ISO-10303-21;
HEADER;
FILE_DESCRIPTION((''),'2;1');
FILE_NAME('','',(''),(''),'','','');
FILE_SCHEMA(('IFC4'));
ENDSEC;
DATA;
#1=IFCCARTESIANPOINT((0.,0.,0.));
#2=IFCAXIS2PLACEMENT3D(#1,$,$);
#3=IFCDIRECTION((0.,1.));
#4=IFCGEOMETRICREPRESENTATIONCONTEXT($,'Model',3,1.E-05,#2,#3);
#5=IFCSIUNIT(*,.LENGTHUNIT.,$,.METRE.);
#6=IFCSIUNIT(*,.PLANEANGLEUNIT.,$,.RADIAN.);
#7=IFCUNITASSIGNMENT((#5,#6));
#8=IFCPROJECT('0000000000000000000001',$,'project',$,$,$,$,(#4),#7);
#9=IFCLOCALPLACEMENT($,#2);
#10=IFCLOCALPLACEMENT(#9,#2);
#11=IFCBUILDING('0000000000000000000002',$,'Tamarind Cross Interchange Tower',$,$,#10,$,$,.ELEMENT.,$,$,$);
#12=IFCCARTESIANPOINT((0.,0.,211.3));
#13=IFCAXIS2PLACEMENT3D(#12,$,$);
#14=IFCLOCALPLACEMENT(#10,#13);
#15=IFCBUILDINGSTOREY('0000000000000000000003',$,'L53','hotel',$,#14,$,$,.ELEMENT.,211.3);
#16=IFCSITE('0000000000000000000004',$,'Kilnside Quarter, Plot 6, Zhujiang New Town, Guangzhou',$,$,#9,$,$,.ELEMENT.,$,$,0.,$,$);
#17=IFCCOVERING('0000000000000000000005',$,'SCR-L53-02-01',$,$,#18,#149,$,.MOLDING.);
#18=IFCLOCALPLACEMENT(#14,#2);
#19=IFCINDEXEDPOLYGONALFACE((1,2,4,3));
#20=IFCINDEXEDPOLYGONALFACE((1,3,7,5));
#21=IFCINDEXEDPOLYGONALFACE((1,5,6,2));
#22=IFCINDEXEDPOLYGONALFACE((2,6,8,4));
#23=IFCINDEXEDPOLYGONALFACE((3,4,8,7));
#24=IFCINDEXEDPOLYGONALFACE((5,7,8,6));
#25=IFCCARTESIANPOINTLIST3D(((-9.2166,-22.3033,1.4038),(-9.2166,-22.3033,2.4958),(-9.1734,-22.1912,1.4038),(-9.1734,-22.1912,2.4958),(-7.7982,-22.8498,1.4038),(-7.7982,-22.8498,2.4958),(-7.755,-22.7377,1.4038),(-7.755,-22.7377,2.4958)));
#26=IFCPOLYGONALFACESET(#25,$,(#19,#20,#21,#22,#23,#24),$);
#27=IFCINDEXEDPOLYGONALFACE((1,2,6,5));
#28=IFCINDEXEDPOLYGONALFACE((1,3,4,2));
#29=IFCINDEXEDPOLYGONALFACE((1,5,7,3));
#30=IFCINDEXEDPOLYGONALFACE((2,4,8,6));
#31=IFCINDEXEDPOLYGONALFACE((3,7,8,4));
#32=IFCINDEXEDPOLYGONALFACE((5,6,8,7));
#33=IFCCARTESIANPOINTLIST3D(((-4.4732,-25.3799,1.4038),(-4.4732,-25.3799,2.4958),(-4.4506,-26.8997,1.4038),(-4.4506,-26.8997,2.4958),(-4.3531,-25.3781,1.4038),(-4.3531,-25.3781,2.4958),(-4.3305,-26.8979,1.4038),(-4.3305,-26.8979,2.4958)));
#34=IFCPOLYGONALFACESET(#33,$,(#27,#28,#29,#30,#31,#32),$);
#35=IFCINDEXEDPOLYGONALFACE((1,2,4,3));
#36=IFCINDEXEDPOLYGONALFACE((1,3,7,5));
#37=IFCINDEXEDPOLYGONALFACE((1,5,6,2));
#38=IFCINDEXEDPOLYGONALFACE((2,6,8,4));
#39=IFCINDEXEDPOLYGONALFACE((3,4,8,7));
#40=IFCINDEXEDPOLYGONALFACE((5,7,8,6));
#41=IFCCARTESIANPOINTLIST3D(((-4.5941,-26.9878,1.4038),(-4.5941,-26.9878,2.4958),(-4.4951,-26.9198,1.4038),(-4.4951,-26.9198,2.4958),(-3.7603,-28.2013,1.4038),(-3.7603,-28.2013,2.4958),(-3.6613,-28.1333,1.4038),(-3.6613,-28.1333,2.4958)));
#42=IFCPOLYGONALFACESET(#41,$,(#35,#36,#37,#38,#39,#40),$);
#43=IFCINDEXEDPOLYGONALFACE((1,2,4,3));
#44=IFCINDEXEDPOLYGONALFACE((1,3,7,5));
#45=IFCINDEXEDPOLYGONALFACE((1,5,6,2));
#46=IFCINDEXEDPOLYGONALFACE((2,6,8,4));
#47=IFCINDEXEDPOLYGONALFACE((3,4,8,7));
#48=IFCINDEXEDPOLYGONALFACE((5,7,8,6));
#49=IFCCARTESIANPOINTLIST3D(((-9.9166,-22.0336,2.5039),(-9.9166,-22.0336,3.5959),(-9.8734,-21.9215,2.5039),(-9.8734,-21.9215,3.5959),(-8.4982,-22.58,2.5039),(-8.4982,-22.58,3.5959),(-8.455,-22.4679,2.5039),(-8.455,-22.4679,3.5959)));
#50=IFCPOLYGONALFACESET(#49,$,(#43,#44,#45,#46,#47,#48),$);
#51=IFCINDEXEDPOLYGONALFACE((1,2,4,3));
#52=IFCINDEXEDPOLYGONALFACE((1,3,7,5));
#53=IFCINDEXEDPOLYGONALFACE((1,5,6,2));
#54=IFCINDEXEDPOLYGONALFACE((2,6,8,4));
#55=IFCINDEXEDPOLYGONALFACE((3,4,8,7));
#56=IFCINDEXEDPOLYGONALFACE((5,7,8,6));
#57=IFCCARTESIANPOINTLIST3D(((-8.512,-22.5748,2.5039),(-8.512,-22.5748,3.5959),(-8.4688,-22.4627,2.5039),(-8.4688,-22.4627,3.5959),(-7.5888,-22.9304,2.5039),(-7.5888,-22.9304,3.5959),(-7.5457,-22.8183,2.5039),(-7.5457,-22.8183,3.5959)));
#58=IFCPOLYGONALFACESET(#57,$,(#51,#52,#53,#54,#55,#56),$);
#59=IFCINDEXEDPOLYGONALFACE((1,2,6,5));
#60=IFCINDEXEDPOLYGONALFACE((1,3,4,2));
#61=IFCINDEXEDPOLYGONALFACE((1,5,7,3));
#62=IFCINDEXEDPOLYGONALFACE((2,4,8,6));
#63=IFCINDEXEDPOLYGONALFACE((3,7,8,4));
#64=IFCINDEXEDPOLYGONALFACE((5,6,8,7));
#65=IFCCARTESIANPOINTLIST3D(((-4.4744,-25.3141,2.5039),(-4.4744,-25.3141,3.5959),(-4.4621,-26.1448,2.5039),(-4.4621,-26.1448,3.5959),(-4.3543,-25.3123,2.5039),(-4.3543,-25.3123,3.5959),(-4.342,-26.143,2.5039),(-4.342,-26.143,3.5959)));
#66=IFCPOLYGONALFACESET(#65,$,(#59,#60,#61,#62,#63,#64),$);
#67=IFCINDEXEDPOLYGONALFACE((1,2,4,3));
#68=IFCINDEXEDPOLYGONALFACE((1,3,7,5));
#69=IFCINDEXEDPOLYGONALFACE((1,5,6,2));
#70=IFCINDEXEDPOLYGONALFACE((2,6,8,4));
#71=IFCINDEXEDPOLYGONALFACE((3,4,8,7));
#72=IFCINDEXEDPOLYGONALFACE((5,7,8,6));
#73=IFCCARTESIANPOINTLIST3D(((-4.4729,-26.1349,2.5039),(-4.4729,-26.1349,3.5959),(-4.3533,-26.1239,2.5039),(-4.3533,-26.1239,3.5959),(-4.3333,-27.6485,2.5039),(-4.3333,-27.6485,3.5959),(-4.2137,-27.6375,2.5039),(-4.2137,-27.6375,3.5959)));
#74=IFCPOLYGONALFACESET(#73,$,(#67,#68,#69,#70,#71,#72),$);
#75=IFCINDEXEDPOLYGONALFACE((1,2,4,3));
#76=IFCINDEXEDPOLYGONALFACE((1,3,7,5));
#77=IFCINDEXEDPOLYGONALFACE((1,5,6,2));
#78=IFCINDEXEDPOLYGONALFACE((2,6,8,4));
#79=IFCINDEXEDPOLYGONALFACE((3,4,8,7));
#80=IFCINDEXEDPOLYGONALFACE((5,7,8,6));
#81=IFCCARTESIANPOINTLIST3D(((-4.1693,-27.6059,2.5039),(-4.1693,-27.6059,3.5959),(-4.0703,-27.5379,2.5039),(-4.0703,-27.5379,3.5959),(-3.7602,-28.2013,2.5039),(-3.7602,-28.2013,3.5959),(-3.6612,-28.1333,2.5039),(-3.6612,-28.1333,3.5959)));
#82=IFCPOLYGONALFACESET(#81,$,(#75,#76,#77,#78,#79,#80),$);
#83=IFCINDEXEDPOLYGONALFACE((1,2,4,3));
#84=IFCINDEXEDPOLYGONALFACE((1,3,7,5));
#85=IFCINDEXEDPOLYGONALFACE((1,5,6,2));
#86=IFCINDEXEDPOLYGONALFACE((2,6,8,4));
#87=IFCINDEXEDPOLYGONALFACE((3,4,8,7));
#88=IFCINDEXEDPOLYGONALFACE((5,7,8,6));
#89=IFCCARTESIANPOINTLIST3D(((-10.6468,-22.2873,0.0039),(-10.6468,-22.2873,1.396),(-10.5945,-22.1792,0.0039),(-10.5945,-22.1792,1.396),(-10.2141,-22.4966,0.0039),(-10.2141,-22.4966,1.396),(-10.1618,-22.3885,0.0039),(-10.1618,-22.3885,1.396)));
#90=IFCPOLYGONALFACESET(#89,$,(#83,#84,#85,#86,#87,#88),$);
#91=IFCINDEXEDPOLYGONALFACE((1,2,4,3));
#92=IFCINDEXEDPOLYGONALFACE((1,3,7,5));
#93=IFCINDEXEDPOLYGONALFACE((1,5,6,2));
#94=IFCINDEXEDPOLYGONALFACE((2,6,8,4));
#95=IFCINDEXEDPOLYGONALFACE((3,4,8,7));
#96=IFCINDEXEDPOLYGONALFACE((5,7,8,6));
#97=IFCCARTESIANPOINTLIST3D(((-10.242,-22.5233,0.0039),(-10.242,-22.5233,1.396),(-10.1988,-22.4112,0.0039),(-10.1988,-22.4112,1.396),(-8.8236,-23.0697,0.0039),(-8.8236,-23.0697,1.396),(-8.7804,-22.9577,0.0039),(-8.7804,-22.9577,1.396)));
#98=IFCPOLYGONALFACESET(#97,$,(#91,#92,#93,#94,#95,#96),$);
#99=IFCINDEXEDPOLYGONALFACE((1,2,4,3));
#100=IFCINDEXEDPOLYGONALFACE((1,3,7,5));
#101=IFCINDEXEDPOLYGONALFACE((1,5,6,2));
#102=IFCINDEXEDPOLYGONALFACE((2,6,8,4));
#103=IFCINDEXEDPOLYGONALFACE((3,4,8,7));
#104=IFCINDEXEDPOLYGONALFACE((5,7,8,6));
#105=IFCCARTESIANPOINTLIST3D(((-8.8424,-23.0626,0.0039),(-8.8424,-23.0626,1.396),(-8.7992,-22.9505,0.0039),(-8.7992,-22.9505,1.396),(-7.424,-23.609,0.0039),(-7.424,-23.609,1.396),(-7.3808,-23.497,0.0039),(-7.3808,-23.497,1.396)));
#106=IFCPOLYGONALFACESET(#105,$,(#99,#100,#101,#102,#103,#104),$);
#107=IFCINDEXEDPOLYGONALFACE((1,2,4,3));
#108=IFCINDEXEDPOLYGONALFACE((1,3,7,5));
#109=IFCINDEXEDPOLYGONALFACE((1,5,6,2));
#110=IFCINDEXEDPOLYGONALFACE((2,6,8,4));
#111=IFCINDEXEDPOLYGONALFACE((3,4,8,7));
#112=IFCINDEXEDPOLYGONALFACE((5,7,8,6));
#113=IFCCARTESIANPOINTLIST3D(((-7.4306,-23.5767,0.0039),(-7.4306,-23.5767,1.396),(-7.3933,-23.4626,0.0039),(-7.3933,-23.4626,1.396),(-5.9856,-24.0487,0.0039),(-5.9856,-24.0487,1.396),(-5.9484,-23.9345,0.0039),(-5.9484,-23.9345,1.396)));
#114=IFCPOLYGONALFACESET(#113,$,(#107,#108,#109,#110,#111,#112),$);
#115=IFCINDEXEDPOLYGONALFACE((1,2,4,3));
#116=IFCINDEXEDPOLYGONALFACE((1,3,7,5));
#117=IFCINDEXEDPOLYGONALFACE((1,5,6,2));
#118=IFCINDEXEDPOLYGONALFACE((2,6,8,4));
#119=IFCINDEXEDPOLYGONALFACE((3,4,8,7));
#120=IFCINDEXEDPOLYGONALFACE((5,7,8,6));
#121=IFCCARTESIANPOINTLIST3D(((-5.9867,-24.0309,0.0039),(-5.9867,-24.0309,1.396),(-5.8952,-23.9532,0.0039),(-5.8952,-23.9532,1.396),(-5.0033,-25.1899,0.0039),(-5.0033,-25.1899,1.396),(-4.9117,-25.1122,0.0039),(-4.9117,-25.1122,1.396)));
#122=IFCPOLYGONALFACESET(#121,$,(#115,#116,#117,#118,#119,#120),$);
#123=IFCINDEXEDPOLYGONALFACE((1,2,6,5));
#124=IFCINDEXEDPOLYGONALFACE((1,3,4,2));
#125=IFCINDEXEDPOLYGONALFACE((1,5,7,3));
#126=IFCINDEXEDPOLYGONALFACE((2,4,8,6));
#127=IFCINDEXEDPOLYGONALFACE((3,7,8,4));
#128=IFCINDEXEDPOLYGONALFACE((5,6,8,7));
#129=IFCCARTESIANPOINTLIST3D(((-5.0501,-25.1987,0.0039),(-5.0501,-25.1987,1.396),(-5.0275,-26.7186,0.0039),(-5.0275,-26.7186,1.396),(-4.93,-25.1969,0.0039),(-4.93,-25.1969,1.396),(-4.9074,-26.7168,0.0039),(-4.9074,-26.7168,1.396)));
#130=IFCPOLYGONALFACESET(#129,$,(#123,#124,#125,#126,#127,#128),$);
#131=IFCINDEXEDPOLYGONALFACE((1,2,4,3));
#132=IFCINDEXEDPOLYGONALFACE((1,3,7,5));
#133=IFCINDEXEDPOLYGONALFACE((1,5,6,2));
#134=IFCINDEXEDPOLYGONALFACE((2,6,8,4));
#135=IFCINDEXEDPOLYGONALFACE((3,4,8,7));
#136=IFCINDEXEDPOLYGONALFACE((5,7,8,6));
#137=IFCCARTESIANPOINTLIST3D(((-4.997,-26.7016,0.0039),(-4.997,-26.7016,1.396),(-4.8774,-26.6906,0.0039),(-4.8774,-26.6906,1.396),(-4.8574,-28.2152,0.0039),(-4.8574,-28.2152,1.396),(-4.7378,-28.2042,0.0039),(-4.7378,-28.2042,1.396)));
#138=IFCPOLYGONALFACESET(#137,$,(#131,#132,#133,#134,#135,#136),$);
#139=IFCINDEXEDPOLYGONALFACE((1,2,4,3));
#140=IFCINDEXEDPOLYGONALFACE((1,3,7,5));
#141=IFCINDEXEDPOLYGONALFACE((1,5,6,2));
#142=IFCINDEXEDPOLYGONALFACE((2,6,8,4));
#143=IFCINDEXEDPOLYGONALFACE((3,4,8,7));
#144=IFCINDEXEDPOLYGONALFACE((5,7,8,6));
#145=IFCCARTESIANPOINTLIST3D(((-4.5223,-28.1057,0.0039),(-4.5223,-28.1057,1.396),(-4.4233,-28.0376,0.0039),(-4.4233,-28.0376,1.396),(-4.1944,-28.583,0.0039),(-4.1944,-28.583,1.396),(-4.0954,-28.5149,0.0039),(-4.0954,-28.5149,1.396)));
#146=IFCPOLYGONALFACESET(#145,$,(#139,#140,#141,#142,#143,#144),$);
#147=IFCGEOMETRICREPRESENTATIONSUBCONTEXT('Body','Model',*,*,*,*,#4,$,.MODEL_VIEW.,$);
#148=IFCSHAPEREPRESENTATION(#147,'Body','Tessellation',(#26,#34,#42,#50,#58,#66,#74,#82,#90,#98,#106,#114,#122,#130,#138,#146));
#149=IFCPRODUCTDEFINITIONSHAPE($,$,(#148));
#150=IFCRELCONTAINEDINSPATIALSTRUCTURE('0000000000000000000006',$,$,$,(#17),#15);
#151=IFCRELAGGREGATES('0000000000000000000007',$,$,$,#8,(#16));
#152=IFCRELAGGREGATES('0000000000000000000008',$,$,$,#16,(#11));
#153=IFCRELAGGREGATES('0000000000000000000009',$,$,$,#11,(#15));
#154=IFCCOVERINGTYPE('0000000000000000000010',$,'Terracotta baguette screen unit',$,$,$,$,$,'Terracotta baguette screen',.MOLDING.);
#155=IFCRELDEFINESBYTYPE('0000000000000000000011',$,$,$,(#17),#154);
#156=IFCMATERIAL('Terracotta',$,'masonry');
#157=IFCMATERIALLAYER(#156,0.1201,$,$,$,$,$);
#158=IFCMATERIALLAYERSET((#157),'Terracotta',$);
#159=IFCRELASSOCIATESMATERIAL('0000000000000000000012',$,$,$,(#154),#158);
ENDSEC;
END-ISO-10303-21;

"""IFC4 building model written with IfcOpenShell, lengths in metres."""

from ifc_helpers import new_model, si_unit, direction, frame, origin, origin_2d, place, context, subcontext, project, spatial, rectangle, extrude, material, layer, layer_set, type_object, element, save


model = new_model("IFC4")

# Units and contexts
model_context = context("Model", 3, precision=1e-05, world=origin(), true_north=direction((0.0, 1.0)))
body_context = subcontext(model_context, "Body", "Model", "MODEL_VIEW")
ifc_project = project(units=[si_unit("LENGTHUNIT", "METRE"), si_unit("PLANEANGLEUNIT", "RADIAN")], contexts=[model_context])

# Site, building, storey
site_placement = place(None, origin())
site = spatial("IfcSite", under=ifc_project, at=site_placement, Name="Kilnside Quarter, Plot 6, Zhujiang New Town, Guangzhou", CompositionType="ELEMENT", RefElevation=0.0)
building_placement = place(site_placement, origin())
building = spatial("IfcBuilding", under=site, at=building_placement, Name="Tamarind Cross Interchange Tower", CompositionType="ELEMENT")
storey_placement = place(building_placement, frame((0.0, 0.0, 211.3)))
storey = spatial("IfcBuildingStorey", under=building, at=storey_placement, Name="L53", Description="hotel", CompositionType="ELEMENT", Elevation=211.3)

# Covering
ifc_material_1 = material(Name="Terracotta", Category="masonry")
ifc_layer_1 = layer(ifc_material_1, 0.1201)
ifc_layer_set_1 = layer_set([ifc_layer_1], Name="Terracotta")
covering_type = type_object("IfcCoveringType", Name="Terracotta baguette screen unit", ElementType="Terracotta baguette screen", PredefinedType="MOLDING", material=ifc_layer_set_1)
covering_1_placement = place(storey_placement, origin())
element("IfcCovering", 1, at=covering_1_placement, inside=storey, type_object=covering_type, Name="SCR-L53-02-01", PredefinedType="MOLDING", context=body_context, shape_type="SweptSolid", body=[
    extrude(rectangle(XDim=1.52, YDim=0.1201, at=origin_2d()), frame((-8.4858, -22.5205, 1.4038), z_axis=(0.0, 0.0, 1.0), x_axis=(0.933147, -0.359495, 0.0)), (0.0, 0.0, 1.0), 1.092),
    extrude(rectangle(XDim=1.52, YDim=0.1201, at=origin_2d()), frame((-4.4019, -26.1389, 1.4038), z_axis=(0.0, 0.0, 1.0), x_axis=(0.014896, -0.999889, 0.0)), (0.0, 0.0, 1.0), 1.092),
    extrude(rectangle(XDim=1.4724, YDim=0.1201, at=origin_2d()), frame((-4.1277, -27.5605, 1.4038), z_axis=(0.0, 0.0, 1.0), x_axis=(0.566316, -0.824188, 0.0)), (0.0, 0.0, 1.0), 1.092),
    extrude(rectangle(XDim=1.52, YDim=0.1201, at=origin_2d()), frame((-9.1858, -22.2507, 2.5039), z_axis=(0.0, 0.0, 1.0), x_axis=(0.933147, -0.359495, 0.0)), (0.0, 0.0, 1.0), 1.092),
    extrude(rectangle(XDim=0.9893, YDim=0.1201, at=origin_2d()), frame((-8.0288, -22.6965, 2.5039), z_axis=(0.0, 0.0, 1.0), x_axis=(0.933147, -0.359495, 0.0)), (0.0, 0.0, 1.0), 1.092),
    extrude(rectangle(XDim=0.8308, YDim=0.1201, at=origin_2d()), frame((-4.4082, -25.7285, 2.5039), z_axis=(0.0, 0.0, 1.0), x_axis=(0.014896, -0.999889, 0.0)), (0.0, 0.0, 1.0), 1.092),
    extrude(rectangle(XDim=1.52, YDim=0.1201, at=origin_2d()), frame((-4.3433, -26.8862, 2.5039), z_axis=(0.0, 0.0, 1.0), x_axis=(0.09185, -0.995773, 0.0)), (0.0, 0.0, 1.0), 1.092),
    extrude(rectangle(XDim=0.7224, YDim=0.1201, at=origin_2d()), frame((-3.9153, -27.8696, 2.5039), z_axis=(0.0, 0.0, 1.0), x_axis=(0.566316, -0.824188, 0.0)), (0.0, 0.0, 1.0), 1.092),
    extrude(rectangle(XDim=0.4807, YDim=0.1201, at=origin_2d()), frame((-10.4043, -22.3379, 0.0039), z_axis=(0.0, 0.0, 1.0), x_axis=(0.900273, -0.435326, 0.0)), (0.0, 0.0, 1.0), 1.3921),
    extrude(rectangle(XDim=1.52, YDim=0.1201, at=origin_2d()), frame((-9.5112, -22.7405, 0.0039), z_axis=(0.0, 0.0, 1.0), x_axis=(0.933147, -0.359495, 0.0)), (0.0, 0.0, 1.0), 1.3921),
    extrude(rectangle(XDim=1.52, YDim=0.1201, at=origin_2d()), frame((-8.1116, -23.2798, 0.0039), z_axis=(0.0, 0.0, 1.0), x_axis=(0.933147, -0.359495, 0.0)), (0.0, 0.0, 1.0), 1.3921),
    extrude(rectangle(XDim=1.52, YDim=0.1201, at=origin_2d()), frame((-6.6895, -23.7556, 0.0039), z_axis=(0.0, 0.0, 1.0), x_axis=(0.950583, -0.310471, 0.0)), (0.0, 0.0, 1.0), 1.3921),
    extrude(rectangle(XDim=1.52, YDim=0.1201, at=origin_2d()), frame((-5.4492, -24.5715, 0.0039), z_axis=(0.0, 0.0, 1.0), x_axis=(0.647001, -0.762489, 0.0)), (0.0, 0.0, 1.0), 1.3921),
    extrude(rectangle(XDim=1.52, YDim=0.1201, at=origin_2d()), frame((-4.9788, -25.9578, 0.0039), z_axis=(0.0, 0.0, 1.0), x_axis=(0.014896, -0.999889, 0.0)), (0.0, 0.0, 1.0), 1.3921),
    extrude(rectangle(XDim=1.52, YDim=0.1201, at=origin_2d()), frame((-4.8674, -27.4529, 0.0039), z_axis=(0.0, 0.0, 1.0), x_axis=(0.09185, -0.995773, 0.0)), (0.0, 0.0, 1.0), 1.3921),
    extrude(rectangle(XDim=0.5791, YDim=0.1201, at=origin_2d()), frame((-4.3088, -28.3103, 0.0039), z_axis=(0.0, 0.0, 1.0), x_axis=(0.566316, -0.824188, 0.0)), (0.0, 0.0, 1.0), 1.3921),
])

save(model, "model.ifc")
